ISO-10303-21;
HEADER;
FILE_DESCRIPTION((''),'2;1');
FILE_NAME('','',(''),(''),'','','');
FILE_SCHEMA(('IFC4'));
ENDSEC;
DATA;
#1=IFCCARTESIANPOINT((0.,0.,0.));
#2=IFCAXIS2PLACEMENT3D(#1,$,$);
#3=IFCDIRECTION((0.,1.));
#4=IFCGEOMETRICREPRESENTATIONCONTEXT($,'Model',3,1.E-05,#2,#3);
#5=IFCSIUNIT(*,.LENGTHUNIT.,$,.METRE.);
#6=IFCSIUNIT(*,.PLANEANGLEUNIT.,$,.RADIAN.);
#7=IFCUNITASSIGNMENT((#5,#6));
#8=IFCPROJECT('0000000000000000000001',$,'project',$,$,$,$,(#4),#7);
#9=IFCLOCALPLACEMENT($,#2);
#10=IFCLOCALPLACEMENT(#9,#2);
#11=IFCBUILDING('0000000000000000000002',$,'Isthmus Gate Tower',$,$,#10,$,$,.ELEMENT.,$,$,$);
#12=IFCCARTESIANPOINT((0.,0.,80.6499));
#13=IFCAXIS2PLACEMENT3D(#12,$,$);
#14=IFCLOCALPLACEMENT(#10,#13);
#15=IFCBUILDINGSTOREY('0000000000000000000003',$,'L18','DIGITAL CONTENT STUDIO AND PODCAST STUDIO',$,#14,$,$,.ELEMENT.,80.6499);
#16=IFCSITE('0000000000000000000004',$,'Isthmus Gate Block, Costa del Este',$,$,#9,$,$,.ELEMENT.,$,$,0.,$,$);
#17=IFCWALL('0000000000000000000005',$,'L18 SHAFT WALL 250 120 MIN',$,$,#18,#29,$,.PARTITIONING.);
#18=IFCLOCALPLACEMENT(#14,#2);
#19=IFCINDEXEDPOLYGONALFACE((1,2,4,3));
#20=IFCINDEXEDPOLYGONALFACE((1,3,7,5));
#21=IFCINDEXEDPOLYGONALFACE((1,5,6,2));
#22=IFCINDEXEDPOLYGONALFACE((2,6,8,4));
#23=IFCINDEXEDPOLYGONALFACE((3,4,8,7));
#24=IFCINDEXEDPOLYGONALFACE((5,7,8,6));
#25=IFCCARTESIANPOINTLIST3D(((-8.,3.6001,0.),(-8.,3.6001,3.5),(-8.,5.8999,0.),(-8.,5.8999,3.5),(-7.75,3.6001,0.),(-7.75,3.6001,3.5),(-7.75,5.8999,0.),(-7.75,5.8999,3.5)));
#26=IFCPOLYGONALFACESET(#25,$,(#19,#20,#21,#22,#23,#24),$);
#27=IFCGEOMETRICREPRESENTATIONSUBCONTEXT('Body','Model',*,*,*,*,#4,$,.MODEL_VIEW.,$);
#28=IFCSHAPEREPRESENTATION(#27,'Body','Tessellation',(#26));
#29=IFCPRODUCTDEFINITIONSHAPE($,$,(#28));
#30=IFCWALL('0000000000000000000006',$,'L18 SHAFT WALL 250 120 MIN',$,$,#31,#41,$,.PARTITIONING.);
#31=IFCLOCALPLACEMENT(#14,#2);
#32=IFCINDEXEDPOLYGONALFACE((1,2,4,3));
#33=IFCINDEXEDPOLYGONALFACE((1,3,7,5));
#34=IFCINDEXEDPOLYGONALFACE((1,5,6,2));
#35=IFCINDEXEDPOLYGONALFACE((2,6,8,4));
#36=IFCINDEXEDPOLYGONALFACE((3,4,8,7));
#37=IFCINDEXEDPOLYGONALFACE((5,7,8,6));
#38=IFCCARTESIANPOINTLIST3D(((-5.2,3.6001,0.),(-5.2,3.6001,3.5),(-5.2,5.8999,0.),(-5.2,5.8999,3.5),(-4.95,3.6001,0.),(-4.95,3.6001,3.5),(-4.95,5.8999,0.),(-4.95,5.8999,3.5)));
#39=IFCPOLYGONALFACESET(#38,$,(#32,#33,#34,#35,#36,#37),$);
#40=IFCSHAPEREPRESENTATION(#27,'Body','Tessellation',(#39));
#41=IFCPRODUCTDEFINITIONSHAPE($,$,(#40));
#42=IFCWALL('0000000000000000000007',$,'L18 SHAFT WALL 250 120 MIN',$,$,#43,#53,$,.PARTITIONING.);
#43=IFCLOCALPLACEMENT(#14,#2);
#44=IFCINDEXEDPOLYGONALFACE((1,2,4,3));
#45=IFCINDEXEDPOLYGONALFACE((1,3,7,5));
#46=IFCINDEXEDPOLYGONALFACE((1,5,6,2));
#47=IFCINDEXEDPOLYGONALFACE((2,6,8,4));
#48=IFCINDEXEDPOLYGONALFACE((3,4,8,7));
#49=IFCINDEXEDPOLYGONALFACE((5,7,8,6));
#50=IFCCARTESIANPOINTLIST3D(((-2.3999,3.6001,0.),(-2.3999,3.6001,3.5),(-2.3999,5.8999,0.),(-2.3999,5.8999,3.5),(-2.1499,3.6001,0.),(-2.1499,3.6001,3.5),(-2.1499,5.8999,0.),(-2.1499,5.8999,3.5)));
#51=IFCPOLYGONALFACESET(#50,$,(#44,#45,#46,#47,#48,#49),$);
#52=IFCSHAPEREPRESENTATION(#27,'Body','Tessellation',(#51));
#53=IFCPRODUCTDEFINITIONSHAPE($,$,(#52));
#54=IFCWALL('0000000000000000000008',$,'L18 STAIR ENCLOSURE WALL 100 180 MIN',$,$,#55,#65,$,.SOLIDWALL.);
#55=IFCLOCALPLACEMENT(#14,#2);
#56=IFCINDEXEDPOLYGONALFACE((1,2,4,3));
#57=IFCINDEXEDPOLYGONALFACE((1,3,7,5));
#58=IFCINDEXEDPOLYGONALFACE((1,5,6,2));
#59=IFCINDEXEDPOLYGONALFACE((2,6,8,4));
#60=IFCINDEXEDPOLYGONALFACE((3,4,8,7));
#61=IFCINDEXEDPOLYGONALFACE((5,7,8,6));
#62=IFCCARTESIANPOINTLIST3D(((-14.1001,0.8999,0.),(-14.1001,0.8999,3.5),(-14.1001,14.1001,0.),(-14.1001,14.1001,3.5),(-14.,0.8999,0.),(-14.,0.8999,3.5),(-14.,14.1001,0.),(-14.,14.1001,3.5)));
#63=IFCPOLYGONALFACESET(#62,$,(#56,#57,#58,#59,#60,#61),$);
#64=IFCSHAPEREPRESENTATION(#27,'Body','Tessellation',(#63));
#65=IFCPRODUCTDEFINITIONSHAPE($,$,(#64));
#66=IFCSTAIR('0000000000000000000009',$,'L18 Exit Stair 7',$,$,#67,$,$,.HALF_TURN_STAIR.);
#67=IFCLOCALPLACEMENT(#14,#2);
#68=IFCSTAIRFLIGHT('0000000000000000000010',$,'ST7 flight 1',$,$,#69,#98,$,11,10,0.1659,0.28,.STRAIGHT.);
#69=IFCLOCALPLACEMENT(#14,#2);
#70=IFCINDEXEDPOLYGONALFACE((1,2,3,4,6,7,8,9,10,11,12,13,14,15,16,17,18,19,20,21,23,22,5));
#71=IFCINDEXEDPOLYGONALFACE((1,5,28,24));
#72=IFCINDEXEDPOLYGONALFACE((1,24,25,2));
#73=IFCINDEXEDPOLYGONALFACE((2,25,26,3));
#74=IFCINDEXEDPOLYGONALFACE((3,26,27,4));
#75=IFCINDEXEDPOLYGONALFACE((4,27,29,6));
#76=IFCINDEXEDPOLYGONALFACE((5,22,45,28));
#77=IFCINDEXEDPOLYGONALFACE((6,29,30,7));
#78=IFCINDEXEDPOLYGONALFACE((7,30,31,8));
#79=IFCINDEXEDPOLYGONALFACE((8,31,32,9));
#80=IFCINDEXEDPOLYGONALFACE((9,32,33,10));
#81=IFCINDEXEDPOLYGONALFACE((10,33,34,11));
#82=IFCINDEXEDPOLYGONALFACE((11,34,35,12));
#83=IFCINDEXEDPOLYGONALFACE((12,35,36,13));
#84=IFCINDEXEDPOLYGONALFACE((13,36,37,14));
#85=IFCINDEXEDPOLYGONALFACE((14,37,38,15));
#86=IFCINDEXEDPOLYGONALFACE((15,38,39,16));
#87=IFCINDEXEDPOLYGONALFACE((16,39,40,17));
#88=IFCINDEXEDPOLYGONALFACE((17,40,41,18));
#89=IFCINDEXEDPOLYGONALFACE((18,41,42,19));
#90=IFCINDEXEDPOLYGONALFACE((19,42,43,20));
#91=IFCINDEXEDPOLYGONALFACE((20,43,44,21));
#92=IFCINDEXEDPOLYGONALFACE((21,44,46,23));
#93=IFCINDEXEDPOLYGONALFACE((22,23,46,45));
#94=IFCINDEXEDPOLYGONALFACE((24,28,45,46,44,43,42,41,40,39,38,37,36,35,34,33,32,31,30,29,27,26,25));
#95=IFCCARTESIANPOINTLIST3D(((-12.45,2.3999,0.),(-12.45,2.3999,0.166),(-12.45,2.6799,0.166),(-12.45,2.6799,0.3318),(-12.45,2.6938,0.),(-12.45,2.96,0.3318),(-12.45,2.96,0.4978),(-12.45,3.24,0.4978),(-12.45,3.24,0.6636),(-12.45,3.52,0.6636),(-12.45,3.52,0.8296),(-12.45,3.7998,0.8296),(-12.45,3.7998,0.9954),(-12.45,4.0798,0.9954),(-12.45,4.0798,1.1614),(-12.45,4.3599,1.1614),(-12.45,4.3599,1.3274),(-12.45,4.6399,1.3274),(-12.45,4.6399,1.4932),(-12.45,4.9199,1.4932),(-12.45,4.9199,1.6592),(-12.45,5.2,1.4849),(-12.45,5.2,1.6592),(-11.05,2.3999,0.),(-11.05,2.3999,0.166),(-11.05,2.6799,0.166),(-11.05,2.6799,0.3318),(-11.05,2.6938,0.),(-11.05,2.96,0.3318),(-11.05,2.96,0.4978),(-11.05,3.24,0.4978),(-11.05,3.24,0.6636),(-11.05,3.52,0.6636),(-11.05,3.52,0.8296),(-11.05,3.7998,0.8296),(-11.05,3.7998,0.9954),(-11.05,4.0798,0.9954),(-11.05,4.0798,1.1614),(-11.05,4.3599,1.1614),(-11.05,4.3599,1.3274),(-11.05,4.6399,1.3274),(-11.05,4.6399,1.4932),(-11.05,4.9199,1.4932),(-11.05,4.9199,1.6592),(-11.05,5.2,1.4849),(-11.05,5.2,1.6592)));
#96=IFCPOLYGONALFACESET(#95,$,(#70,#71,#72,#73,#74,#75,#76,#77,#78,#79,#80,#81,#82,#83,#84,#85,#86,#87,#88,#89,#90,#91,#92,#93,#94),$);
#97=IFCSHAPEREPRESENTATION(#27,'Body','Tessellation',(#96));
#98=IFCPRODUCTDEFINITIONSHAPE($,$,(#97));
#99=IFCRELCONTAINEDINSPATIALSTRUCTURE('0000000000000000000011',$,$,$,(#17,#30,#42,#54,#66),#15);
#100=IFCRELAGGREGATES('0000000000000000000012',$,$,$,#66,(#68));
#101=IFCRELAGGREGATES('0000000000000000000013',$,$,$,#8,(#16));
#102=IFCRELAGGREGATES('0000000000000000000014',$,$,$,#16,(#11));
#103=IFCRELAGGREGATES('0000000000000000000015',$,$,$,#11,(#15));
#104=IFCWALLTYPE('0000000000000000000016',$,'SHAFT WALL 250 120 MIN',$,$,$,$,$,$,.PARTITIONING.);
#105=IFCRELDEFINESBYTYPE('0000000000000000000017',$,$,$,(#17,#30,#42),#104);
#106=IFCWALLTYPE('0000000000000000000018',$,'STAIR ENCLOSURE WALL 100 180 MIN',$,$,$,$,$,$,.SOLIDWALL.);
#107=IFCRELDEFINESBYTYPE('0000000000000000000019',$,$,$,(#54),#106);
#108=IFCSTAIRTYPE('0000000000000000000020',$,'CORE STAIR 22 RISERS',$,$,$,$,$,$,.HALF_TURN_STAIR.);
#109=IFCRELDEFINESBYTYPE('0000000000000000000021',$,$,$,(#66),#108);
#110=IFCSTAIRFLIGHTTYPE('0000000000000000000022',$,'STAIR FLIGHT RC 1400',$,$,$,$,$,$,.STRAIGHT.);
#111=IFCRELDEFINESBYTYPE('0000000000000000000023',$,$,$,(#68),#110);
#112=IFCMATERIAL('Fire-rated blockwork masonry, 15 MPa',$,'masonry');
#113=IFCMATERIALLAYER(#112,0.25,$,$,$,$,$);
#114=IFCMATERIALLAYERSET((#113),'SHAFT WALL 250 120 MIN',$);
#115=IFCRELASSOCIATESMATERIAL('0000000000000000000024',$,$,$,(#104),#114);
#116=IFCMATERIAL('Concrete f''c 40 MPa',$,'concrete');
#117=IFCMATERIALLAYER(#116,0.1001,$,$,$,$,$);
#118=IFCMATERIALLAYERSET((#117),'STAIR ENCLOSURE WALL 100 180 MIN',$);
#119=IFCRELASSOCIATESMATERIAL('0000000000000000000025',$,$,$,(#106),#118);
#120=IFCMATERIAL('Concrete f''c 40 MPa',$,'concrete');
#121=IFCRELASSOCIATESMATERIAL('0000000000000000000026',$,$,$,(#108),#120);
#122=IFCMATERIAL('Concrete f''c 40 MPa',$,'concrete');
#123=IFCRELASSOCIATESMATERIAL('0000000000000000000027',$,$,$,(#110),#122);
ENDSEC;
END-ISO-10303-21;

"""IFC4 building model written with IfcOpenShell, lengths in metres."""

from ifc_helpers import new_model, si_unit, direction, frame, frame_2d, origin, place, context, subcontext, project, spatial, polyline, rectangle, outline, extrude, material, layer, layer_set, type_object, element, aggregate, save


model = new_model("IFC4")

# Units and contexts
model_context = context("Model", 3, precision=1e-05, world=origin(), true_north=direction((0.0, 1.0)))
body_context = subcontext(model_context, "Body", "Model", "MODEL_VIEW")
ifc_project = project(units=[si_unit("LENGTHUNIT", "METRE"), si_unit("PLANEANGLEUNIT", "RADIAN")], contexts=[model_context])

# Site, building, storey
site_placement = place(None, origin())
site = spatial("IfcSite", under=ifc_project, at=site_placement, Name="Isthmus Gate Block, Costa del Este", CompositionType="ELEMENT", RefElevation=0.0)
building_placement = place(site_placement, origin())
building = spatial("IfcBuilding", under=site, at=building_placement, Name="Isthmus Gate Tower", CompositionType="ELEMENT")
storey_placement = place(building_placement, frame((0.0, 0.0, 80.6499)))
storey = spatial("IfcBuildingStorey", under=building, at=storey_placement, Name="L18", Description="DIGITAL CONTENT STUDIO AND PODCAST STUDIO", CompositionType="ELEMENT", Elevation=80.6499)

# Walls
ifc_material_1 = material(Name="Fire-rated blockwork masonry, 15 MPa", Category="masonry")
ifc_layer_1 = layer(ifc_material_1, 0.25)
ifc_layer_set_1 = layer_set([ifc_layer_1], Name="SHAFT WALL 250 120 MIN")
wall_type_1 = type_object("IfcWallType", Name="SHAFT WALL 250 120 MIN", PredefinedType="PARTITIONING", material=ifc_layer_set_1)
for number, where, z_axis, x_axis, name in (
    (1, (-7.875, 3.6001, 0.0), (0.0, 0.0, 1.0), (0.0, 1.0, 0.0), "L18 SHAFT WALL 250 120 MIN"),
    (2, (-5.075, 3.6001, 0.0), (0.0, 0.0, 1.0), (0.0, 1.0, 0.0), "L18 SHAFT WALL 250 120 MIN"),
    (3, (-2.2749, 3.6001, 0.0), (0.0, 0.0, 1.0), (0.0, 1.0, 0.0), "L18 SHAFT WALL 250 120 MIN"),
):
    element("IfcWall", number, at=place(storey_placement, frame(where, z_axis=z_axis, x_axis=x_axis)), inside=storey, type_object=wall_type_1, Name=name, PredefinedType="PARTITIONING", context=body_context, shape_type="SweptSolid", body=[
        extrude(rectangle(XDim=2.2998, YDim=0.25, at=frame_2d((1.1499, 0.0))), origin(), (0.0, 0.0, 1.0), 3.5),
    ])
ifc_material_2 = material(Name="Concrete f'c 40 MPa", Category="concrete")
ifc_layer_2 = layer(ifc_material_2, 0.1001)
ifc_layer_set_2 = layer_set([ifc_layer_2], Name="STAIR ENCLOSURE WALL 100 180 MIN")
wall_type_2 = type_object("IfcWallType", Name="STAIR ENCLOSURE WALL 100 180 MIN", PredefinedType="SOLIDWALL", material=ifc_layer_set_2)
wall_1_placement = place(storey_placement, frame((-14.05, 0.8999, 0.0), z_axis=(0.0, 0.0, 1.0), x_axis=(0.0, 1.0, 0.0)))
element("IfcWall", 4, at=wall_1_placement, inside=storey, type_object=wall_type_2, Name="L18 STAIR ENCLOSURE WALL 100 180 MIN", PredefinedType="SOLIDWALL", context=body_context, shape_type="SweptSolid", body=[
    extrude(rectangle(XDim=13.2002, YDim=0.1001, at=frame_2d((6.6001, 0.0))), origin(), (0.0, 0.0, 1.0), 3.5),
])

# Stair, stair flight
ifc_material_3 = material(Name="Concrete f'c 40 MPa", Category="concrete")
stair_type = type_object("IfcStairType", Name="CORE STAIR 22 RISERS", PredefinedType="HALF_TURN_STAIR", material=ifc_material_3)
stair_placement = place(storey_placement, origin())
stair = element("IfcStair", 5, at=stair_placement, inside=storey, type_object=stair_type, Name="L18 Exit Stair 7", PredefinedType="HALF_TURN_STAIR")
ifc_material_4 = material(Name="Concrete f'c 40 MPa", Category="concrete")
stair_flight_type = type_object("IfcStairFlightType", Name="STAIR FLIGHT RC 1400", PredefinedType="STRAIGHT", material=ifc_material_4)
stair_flight_placement = place(storey_placement, frame((-11.75, 2.3999, 0.0), z_axis=(0.0, 0.0, 1.0), x_axis=(0.0, 1.0, 0.0)))
stair_flight = element("IfcStairFlight", 6, at=stair_flight_placement, type_object=stair_flight_type, Name="ST7 flight 1", NumberOfRisers=11, NumberOfTreads=10, PredefinedType="STRAIGHT", RiserHeight=0.1659, TreadLength=0.28, context=body_context, shape_type="SweptSolid", body=[
    extrude(outline(polyline([(0.0, 0.0), (0.0, 0.166), (0.28, 0.166), (0.28, 0.3318), (0.5601, 0.3318), (0.5601, 0.4978), (0.8401, 0.4978), (0.8401, 0.6636), (1.1201, 0.6636), (1.1201, 0.8296), (1.3999, 0.8296), (1.3999, 0.9954), (1.6799, 0.9954), (1.6799, 1.1614), (1.96, 1.1614), (1.96, 1.3274), (2.24, 1.3274), (2.24, 1.4932), (2.52, 1.4932), (2.52, 1.6592), (2.8, 1.6592), (2.8, 1.825), (2.8, 1.4849), (0.2939, 0.0), (0.0, 0.0)])), frame((0.0, 0.7, 0.0), z_axis=(0.0, -1.0, 0.0), x_axis=(1.0, 0.0, 0.0)), (0.0, 0.0, 1.0), 1.3999),
])
aggregate(stair, [stair_flight])

save(model, "model.ifc")
